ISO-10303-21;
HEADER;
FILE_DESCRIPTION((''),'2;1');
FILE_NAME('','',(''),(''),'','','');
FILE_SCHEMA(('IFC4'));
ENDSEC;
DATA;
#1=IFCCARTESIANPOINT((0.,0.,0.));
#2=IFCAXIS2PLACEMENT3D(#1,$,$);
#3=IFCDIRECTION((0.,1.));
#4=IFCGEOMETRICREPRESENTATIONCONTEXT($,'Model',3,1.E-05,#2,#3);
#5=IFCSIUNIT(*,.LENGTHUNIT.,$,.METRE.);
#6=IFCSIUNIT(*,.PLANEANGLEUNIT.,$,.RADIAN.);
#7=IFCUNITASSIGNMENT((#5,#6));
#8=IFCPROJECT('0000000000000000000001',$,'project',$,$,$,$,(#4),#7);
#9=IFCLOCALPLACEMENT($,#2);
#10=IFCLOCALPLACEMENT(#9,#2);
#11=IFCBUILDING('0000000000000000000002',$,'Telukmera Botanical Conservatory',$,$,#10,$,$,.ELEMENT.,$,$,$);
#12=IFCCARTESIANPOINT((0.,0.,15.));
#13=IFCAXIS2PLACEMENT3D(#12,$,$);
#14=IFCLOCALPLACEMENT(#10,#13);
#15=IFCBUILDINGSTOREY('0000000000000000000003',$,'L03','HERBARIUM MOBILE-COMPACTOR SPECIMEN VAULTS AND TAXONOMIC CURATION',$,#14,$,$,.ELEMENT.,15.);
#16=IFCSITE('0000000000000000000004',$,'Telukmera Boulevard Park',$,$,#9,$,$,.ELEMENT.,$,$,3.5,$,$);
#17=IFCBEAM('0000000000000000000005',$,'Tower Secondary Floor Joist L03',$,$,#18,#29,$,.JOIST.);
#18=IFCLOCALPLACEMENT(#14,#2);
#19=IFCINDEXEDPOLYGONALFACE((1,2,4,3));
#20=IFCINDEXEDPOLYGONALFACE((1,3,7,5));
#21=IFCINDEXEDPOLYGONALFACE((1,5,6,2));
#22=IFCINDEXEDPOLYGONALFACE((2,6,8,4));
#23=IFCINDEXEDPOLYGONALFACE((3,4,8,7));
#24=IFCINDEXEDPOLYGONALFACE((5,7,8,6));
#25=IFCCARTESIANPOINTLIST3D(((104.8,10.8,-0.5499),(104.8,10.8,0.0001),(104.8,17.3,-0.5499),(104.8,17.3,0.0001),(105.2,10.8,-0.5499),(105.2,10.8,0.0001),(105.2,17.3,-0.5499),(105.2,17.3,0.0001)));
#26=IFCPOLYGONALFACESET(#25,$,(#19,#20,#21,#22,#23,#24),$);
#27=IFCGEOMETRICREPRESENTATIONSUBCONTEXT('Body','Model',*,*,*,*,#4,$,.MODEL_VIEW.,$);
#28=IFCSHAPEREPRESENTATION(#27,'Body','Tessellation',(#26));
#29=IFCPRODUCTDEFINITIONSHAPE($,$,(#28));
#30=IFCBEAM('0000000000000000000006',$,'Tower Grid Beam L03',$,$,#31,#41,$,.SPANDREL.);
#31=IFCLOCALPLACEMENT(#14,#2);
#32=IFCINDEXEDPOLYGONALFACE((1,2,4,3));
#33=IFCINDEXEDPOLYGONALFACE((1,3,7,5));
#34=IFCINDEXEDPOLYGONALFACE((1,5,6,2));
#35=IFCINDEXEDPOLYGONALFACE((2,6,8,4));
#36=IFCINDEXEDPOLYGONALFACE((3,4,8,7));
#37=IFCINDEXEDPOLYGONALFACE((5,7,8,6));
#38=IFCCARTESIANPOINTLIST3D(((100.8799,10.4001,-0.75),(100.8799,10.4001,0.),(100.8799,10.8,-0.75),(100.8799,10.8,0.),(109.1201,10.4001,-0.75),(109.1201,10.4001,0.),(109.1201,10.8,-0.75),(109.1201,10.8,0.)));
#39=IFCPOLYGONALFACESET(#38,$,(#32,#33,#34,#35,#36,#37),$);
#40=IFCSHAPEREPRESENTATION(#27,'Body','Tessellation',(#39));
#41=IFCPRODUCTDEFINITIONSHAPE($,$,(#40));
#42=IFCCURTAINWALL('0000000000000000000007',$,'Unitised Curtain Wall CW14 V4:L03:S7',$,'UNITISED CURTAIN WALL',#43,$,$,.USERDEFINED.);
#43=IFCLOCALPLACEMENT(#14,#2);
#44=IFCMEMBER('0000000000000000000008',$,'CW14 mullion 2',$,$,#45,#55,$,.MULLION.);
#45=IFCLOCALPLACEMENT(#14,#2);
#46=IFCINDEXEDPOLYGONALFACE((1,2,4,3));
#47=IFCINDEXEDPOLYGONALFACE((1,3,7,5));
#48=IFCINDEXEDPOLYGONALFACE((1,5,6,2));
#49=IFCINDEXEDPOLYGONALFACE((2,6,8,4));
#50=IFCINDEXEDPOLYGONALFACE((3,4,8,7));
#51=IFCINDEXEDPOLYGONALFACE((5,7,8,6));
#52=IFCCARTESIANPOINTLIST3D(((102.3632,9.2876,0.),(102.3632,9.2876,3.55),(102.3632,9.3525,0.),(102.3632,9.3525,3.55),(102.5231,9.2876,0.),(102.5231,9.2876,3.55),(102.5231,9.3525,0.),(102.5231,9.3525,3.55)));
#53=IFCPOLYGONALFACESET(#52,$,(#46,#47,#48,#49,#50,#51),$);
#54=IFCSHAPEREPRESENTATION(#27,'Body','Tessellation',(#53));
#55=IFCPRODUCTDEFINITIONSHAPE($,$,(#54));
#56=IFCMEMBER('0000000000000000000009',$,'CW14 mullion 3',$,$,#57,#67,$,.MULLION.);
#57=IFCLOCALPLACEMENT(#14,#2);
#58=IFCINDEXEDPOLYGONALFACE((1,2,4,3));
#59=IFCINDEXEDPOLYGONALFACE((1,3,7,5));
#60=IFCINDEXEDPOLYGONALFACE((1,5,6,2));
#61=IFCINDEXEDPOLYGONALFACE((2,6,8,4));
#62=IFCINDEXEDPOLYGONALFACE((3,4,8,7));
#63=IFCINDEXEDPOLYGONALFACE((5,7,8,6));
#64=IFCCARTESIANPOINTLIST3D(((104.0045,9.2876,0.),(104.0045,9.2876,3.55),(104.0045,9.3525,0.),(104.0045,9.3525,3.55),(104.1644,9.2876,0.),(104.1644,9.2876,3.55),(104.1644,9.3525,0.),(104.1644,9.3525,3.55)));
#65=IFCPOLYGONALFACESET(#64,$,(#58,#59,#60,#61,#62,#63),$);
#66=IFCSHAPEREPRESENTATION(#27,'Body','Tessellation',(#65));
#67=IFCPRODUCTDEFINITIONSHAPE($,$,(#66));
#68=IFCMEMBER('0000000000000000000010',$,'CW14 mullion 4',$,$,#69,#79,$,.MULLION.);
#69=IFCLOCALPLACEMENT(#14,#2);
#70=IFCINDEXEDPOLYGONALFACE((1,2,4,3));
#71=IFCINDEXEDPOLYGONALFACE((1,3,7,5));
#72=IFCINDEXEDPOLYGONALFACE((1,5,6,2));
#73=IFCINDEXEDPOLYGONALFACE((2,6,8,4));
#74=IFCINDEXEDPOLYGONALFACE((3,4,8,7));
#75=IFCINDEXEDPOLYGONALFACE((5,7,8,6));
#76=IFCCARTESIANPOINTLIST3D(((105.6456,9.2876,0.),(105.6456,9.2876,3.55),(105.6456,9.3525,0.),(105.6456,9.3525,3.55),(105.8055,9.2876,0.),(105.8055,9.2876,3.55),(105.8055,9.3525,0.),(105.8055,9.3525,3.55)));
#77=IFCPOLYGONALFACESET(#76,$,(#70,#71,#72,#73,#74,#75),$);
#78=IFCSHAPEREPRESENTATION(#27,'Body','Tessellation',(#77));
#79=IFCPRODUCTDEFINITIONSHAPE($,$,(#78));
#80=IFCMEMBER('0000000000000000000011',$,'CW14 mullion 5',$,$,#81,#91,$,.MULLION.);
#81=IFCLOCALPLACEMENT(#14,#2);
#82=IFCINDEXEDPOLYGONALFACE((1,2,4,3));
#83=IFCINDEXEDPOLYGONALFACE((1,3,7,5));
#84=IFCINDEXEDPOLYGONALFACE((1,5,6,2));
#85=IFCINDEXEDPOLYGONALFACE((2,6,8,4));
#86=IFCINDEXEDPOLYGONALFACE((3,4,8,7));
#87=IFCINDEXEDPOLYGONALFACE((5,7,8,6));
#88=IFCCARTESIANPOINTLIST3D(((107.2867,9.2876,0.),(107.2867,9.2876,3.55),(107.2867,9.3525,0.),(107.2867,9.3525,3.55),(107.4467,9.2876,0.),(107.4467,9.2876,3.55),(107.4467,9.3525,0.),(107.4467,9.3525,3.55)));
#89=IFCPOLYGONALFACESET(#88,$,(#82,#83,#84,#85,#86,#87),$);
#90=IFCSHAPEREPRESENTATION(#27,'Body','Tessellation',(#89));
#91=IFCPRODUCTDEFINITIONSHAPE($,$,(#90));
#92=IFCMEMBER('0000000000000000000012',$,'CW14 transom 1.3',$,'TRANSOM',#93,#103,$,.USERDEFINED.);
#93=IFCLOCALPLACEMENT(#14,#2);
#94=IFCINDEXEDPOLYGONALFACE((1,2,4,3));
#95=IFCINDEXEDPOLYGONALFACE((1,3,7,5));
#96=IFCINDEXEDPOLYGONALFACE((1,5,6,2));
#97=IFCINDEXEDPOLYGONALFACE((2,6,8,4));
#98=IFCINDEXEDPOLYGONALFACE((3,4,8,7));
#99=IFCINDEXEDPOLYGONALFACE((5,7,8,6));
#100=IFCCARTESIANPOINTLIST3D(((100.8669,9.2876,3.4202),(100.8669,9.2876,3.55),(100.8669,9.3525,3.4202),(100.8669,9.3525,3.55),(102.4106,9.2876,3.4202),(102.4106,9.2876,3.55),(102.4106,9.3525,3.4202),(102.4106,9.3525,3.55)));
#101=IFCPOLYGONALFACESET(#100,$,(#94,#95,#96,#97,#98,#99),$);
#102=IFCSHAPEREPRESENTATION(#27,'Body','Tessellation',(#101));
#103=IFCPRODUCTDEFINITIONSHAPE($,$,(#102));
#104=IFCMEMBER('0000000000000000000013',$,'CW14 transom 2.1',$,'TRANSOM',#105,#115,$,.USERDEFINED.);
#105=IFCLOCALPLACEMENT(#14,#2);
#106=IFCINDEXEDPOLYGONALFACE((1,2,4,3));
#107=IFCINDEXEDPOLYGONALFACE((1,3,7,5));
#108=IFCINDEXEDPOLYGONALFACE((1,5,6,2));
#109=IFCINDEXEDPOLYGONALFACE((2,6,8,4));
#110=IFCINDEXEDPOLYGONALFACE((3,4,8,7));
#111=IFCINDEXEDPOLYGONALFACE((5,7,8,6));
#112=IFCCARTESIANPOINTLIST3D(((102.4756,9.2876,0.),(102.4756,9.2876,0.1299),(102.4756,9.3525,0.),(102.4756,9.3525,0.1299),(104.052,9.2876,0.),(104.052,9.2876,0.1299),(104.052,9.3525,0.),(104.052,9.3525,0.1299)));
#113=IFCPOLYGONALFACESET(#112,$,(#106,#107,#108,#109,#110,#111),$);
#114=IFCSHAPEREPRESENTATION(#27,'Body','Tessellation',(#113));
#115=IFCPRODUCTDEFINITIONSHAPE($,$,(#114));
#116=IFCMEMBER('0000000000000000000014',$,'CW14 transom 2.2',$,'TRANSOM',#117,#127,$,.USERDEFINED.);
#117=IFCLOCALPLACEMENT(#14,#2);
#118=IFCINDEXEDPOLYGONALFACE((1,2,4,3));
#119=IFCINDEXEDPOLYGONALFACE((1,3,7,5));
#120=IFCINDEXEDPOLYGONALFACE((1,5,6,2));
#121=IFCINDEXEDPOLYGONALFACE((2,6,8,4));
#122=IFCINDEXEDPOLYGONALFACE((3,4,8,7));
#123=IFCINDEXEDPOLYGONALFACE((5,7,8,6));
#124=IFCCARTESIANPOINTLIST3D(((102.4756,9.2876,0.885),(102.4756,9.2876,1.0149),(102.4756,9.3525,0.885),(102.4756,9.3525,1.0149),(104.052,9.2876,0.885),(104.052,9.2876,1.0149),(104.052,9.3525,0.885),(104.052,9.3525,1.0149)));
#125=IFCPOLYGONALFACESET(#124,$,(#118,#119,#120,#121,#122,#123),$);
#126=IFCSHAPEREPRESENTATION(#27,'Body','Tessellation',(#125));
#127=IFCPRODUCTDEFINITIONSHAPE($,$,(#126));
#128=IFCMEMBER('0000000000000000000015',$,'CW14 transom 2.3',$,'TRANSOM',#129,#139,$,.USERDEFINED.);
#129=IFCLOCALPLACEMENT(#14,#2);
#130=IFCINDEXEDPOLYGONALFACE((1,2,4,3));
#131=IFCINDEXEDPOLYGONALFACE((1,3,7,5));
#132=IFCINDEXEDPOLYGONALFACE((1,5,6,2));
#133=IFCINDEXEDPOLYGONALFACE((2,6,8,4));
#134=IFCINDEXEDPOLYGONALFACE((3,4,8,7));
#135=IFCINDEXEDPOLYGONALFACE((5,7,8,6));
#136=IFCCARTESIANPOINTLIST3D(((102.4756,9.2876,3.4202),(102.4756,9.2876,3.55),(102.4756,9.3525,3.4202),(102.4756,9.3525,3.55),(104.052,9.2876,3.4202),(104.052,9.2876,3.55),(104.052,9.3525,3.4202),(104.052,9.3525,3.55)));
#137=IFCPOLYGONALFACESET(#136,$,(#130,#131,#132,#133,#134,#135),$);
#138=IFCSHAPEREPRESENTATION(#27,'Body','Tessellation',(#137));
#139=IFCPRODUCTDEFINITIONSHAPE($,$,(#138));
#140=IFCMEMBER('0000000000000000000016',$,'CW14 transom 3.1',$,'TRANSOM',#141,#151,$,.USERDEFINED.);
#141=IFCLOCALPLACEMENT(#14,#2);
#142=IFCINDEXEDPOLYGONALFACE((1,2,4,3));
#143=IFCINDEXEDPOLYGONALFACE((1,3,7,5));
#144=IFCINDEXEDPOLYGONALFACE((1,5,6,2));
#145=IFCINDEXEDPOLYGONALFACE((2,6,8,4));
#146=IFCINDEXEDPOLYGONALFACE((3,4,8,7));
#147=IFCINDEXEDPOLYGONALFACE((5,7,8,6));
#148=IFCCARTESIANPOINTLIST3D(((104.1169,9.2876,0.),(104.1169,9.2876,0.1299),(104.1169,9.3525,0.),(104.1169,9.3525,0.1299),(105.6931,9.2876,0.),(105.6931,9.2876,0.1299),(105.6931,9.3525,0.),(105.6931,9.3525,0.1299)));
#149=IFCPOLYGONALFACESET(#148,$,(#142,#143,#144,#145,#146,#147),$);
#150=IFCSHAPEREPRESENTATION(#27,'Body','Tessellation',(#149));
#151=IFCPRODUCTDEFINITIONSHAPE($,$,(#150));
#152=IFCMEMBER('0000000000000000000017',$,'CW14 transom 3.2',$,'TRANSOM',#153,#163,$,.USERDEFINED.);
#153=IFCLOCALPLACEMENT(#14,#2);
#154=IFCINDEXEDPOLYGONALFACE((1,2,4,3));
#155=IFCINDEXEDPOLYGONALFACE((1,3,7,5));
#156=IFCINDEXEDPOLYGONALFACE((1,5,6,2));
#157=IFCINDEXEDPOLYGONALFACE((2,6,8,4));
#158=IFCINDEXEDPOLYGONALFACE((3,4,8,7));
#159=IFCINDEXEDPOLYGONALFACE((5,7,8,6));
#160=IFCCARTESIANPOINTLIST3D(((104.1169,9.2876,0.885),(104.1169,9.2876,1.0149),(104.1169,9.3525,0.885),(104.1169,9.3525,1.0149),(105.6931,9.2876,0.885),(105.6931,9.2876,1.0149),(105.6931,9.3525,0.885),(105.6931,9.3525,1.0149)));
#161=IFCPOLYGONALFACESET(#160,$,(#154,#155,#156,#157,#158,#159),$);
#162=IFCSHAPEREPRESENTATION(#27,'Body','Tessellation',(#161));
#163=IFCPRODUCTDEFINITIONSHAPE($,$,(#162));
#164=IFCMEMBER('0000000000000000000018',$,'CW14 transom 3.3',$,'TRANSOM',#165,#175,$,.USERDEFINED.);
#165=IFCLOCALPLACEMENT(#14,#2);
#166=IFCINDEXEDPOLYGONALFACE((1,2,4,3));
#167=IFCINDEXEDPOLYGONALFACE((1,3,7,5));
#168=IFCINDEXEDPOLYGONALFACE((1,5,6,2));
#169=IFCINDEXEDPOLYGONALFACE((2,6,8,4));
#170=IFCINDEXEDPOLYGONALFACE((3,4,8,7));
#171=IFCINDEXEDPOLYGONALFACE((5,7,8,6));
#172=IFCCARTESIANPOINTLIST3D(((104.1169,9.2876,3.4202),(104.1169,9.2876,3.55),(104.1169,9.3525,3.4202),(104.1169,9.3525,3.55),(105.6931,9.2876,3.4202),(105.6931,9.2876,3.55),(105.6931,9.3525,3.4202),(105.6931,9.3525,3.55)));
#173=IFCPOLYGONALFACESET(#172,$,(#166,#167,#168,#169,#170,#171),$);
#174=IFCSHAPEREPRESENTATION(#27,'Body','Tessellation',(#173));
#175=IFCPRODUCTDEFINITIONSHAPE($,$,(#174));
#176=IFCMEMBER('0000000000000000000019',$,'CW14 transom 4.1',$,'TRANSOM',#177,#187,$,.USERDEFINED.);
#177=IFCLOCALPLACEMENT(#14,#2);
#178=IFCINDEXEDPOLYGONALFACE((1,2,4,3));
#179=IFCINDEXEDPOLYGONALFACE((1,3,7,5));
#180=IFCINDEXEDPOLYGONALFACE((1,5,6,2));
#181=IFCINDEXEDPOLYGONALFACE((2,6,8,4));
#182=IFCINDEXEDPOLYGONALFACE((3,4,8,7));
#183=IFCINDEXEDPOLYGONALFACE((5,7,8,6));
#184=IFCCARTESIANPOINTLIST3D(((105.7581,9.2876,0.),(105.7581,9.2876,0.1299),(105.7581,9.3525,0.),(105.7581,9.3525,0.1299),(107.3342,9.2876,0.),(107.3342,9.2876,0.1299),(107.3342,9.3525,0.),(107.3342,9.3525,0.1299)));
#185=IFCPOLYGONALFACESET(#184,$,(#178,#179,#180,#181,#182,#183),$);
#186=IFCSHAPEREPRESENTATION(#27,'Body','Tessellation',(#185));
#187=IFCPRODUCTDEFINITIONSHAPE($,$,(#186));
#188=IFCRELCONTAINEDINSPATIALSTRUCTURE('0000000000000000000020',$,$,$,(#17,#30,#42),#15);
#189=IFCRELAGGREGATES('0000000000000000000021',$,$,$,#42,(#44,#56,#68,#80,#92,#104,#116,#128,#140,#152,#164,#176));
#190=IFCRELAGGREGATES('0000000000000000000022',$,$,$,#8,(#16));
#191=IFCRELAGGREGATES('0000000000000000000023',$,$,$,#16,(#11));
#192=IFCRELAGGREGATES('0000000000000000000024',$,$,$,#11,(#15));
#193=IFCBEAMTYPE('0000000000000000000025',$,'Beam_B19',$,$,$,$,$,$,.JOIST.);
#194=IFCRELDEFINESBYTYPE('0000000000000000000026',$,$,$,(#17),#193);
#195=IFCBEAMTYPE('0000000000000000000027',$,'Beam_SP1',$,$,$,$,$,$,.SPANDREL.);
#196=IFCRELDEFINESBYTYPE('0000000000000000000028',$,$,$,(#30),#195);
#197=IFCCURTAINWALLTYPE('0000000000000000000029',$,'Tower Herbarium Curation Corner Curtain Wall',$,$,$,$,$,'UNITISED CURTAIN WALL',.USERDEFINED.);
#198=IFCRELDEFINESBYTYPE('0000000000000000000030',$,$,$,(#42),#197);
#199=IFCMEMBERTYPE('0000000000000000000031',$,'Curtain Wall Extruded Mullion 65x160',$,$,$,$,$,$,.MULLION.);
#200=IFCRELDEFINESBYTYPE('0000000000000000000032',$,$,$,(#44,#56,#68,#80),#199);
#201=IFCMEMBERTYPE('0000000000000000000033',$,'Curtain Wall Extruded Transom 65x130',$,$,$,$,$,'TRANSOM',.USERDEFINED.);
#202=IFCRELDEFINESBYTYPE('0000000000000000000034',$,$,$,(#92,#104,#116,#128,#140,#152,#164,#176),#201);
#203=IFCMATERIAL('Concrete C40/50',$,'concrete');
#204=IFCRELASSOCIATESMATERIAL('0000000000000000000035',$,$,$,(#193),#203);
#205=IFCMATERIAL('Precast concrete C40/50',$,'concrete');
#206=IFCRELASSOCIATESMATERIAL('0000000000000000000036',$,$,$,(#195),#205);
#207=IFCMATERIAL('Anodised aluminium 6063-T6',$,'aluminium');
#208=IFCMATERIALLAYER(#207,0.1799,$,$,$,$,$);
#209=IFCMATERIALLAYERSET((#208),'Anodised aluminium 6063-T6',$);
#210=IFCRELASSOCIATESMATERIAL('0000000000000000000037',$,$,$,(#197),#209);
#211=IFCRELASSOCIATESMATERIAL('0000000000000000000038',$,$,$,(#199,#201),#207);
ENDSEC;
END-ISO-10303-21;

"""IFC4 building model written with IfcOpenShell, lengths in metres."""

from ifc_helpers import new_model, si_unit, direction, frame, origin, origin_2d, place, context, subcontext, project, spatial, rectangle, extrude, material, layer, layer_set, material_profile, profile_set, type_object, element, aggregate, save


model = new_model("IFC4")

# Units and contexts
model_context = context("Model", 3, precision=1e-05, world=origin(), true_north=direction((0.0, 1.0)))
body_context = subcontext(model_context, "Body", "Model", "MODEL_VIEW")
ifc_project = project(units=[si_unit("LENGTHUNIT", "METRE"), si_unit("PLANEANGLEUNIT", "RADIAN")], contexts=[model_context])

# Site, building, storey
site_placement = place(None, origin())
site = spatial("IfcSite", under=ifc_project, at=site_placement, Name="Telukmera Boulevard Park", CompositionType="ELEMENT", RefElevation=3.5)
building_placement = place(site_placement, origin())
building = spatial("IfcBuilding", under=site, at=building_placement, Name="Telukmera Botanical Conservatory", CompositionType="ELEMENT")
storey_placement = place(building_placement, frame((0.0, 0.0, 15.0)))
storey = spatial("IfcBuildingStorey", under=building, at=storey_placement, Name="L03", Description="HERBARIUM MOBILE-COMPACTOR SPECIMEN VAULTS AND TAXONOMIC CURATION", CompositionType="ELEMENT", Elevation=15.0)

# Beams
ifc_material_1 = material(Name="Concrete C40/50", Category="concrete")
ifc_material_profile_1 = material_profile(ifc_material_1, rectangle(XDim=0.3999, YDim=0.55, at=origin_2d()), Name="RC 400x550")
ifc_profile_set_1 = profile_set([ifc_material_profile_1], Name="Concrete C40/50")
beam_type_1 = type_object("IfcBeamType", Name="Beam_B19", PredefinedType="JOIST", material=ifc_profile_set_1)
beam_1_placement = place(storey_placement, frame((105.0, 10.8, -0.2749), z_axis=(0.0, 1.0, 0.0), x_axis=(-1.0, 0.0, 0.0)))
element("IfcBeam", 1, at=beam_1_placement, inside=storey, type_object=beam_type_1, Name="Tower Secondary Floor Joist L03", PredefinedType="JOIST", context=body_context, shape_type="SweptSolid", body=[
    extrude(rectangle(XDim=0.3999, YDim=0.55, at=origin_2d()), origin(), (0.0, 0.0, 1.0), 6.5),
])
ifc_material_2 = material(Name="Precast concrete C40/50", Category="concrete")
ifc_material_profile_2 = material_profile(ifc_material_2, rectangle(XDim=0.3999, YDim=0.75, at=origin_2d()), Name="PC 400x750")
ifc_profile_set_2 = profile_set([ifc_material_profile_2], Name="Precast concrete C40/50")
beam_type_2 = type_object("IfcBeamType", Name="Beam_SP1", PredefinedType="SPANDREL", material=ifc_profile_set_2)
beam_2_placement = place(storey_placement, frame((100.8799, 10.6001, -0.375), z_axis=(1.0, 0.0, 0.0), x_axis=(0.0, 1.0, 0.0)))
element("IfcBeam", 2, at=beam_2_placement, inside=storey, type_object=beam_type_2, Name="Tower Grid Beam L03", PredefinedType="SPANDREL", context=body_context, shape_type="SweptSolid", body=[
    extrude(rectangle(XDim=0.3999, YDim=0.75, at=origin_2d()), origin(), (0.0, 0.0, 1.0), 8.2402),
])

# Curtain wall, members
ifc_material_3 = material(Name="Anodised aluminium 6063-T6", Category="aluminium")
ifc_layer_1 = layer(ifc_material_3, 0.1799)
ifc_layer_set_1 = layer_set([ifc_layer_1], Name="Anodised aluminium 6063-T6")
curtain_wall_type = type_object("IfcCurtainWallType", Name="Tower Herbarium Curation Corner Curtain Wall", ElementType="UNITISED CURTAIN WALL", PredefinedType="USERDEFINED", material=ifc_layer_set_1)
curtain_wall_placement = place(storey_placement, origin())
curtain_wall = element("IfcCurtainWall", 3, at=curtain_wall_placement, inside=storey, type_object=curtain_wall_type, Name="Unitised Curtain Wall CW14 V4:L03:S7", ObjectType="UNITISED CURTAIN WALL", PredefinedType="USERDEFINED")
ifc_material_profile_3 = material_profile(ifc_material_3, rectangle(XDim=0.0649, YDim=0.1599, at=origin_2d()), Name="ALU MULL 65x160")
ifc_profile_set_3 = profile_set([ifc_material_profile_3], Name="Anodised aluminium 6063-T6")
member_type_1 = type_object("IfcMemberType", Name="Curtain Wall Extruded Mullion 65x160", PredefinedType="MULLION", material=ifc_profile_set_3)
member_1_placement = place(storey_placement, frame((102.4431, 9.3201, 0.0), z_axis=(0.0, 0.0, 1.0), x_axis=(0.0, 1.0, 0.0)))
member_1 = element("IfcMember", 4, at=member_1_placement, type_object=member_type_1, Name="CW14 mullion 2", PredefinedType="MULLION", context=body_context, shape_type="SweptSolid", body=[
    extrude(rectangle(XDim=0.0649, YDim=0.1599, at=origin_2d()), origin(), (0.0, 0.0, 1.0), 3.55),
])
member_2_placement = place(storey_placement, frame((104.0845, 9.3201, 0.0), z_axis=(0.0, 0.0, 1.0), x_axis=(0.0, 1.0, 0.0)))
member_2 = element("IfcMember", 5, at=member_2_placement, type_object=member_type_1, Name="CW14 mullion 3", PredefinedType="MULLION", context=body_context, shape_type="SweptSolid", body=[
    extrude(rectangle(XDim=0.0649, YDim=0.1599, at=origin_2d()), origin(), (0.0, 0.0, 1.0), 3.55),
])
member_3_placement = place(storey_placement, frame((105.7256, 9.3201, 0.0), z_axis=(0.0, 0.0, 1.0), x_axis=(0.0, 1.0, 0.0)))
member_3 = element("IfcMember", 6, at=member_3_placement, type_object=member_type_1, Name="CW14 mullion 4", PredefinedType="MULLION", context=body_context, shape_type="SweptSolid", body=[
    extrude(rectangle(XDim=0.0649, YDim=0.1599, at=origin_2d()), origin(), (0.0, 0.0, 1.0), 3.55),
])
member_4_placement = place(storey_placement, frame((107.3667, 9.3201, 0.0), z_axis=(0.0, 0.0, 1.0), x_axis=(0.0, 1.0, 0.0)))
member_4 = element("IfcMember", 7, at=member_4_placement, type_object=member_type_1, Name="CW14 mullion 5", PredefinedType="MULLION", context=body_context, shape_type="SweptSolid", body=[
    extrude(rectangle(XDim=0.0649, YDim=0.1599, at=origin_2d()), origin(), (0.0, 0.0, 1.0), 3.55),
])
ifc_material_profile_4 = material_profile(ifc_material_3, rectangle(XDim=0.0649, YDim=0.1299, at=origin_2d()), Name="ALU TRAN 65x130")
ifc_profile_set_4 = profile_set([ifc_material_profile_4], Name="Anodised aluminium 6063-T6")
member_type_2 = type_object("IfcMemberType", Name="Curtain Wall Extruded Transom 65x130", ElementType="TRANSOM", PredefinedType="USERDEFINED", material=ifc_profile_set_4)
member_5_placement = place(storey_placement, frame((100.8669, 9.3201, 3.4851), z_axis=(1.0, 0.0, 0.0), x_axis=(0.0, 1.0, 0.0)))
member_5 = element("IfcMember", 8, at=member_5_placement, type_object=member_type_2, Name="CW14 transom 1.3", ObjectType="TRANSOM", PredefinedType="USERDEFINED", context=body_context, shape_type="SweptSolid", body=[
    extrude(rectangle(XDim=0.0649, YDim=0.1299, at=origin_2d()), origin(), (0.0, 0.0, 1.0), 1.5437),
])
member_6_placement = place(storey_placement, frame((102.4756, 9.3201, 0.0649), z_axis=(1.0, 0.0, 0.0), x_axis=(0.0, 1.0, 0.0)))
member_6 = element("IfcMember", 9, at=member_6_placement, type_object=member_type_2, Name="CW14 transom 2.1", ObjectType="TRANSOM", PredefinedType="USERDEFINED", context=body_context, shape_type="SweptSolid", body=[
    extrude(rectangle(XDim=0.0649, YDim=0.1299, at=origin_2d()), origin(), (0.0, 0.0, 1.0), 1.5764),
])
member_7_placement = place(storey_placement, frame((102.4756, 9.3201, 0.95), z_axis=(1.0, 0.0, 0.0), x_axis=(0.0, 1.0, 0.0)))
member_7 = element("IfcMember", 10, at=member_7_placement, type_object=member_type_2, Name="CW14 transom 2.2", ObjectType="TRANSOM", PredefinedType="USERDEFINED", context=body_context, shape_type="SweptSolid", body=[
    extrude(rectangle(XDim=0.0649, YDim=0.1299, at=origin_2d()), origin(), (0.0, 0.0, 1.0), 1.5764),
])
member_8_placement = place(storey_placement, frame((102.4756, 9.3201, 3.4851), z_axis=(1.0, 0.0, 0.0), x_axis=(0.0, 1.0, 0.0)))
member_8 = element("IfcMember", 11, at=member_8_placement, type_object=member_type_2, Name="CW14 transom 2.3", ObjectType="TRANSOM", PredefinedType="USERDEFINED", context=body_context, shape_type="SweptSolid", body=[
    extrude(rectangle(XDim=0.0649, YDim=0.1299, at=origin_2d()), origin(), (0.0, 0.0, 1.0), 1.5764),
])
member_9_placement = place(storey_placement, frame((104.1169, 9.3201, 0.0649), z_axis=(1.0, 0.0, 0.0), x_axis=(0.0, 1.0, 0.0)))
member_9 = element("IfcMember", 12, at=member_9_placement, type_object=member_type_2, Name="CW14 transom 3.1", ObjectType="TRANSOM", PredefinedType="USERDEFINED", context=body_context, shape_type="SweptSolid", body=[
    extrude(rectangle(XDim=0.0649, YDim=0.1299, at=origin_2d()), origin(), (0.0, 0.0, 1.0), 1.5762),
])
member_10_placement = place(storey_placement, frame((104.1169, 9.3201, 0.95), z_axis=(1.0, 0.0, 0.0), x_axis=(0.0, 1.0, 0.0)))
member_10 = element("IfcMember", 13, at=member_10_placement, type_object=member_type_2, Name="CW14 transom 3.2", ObjectType="TRANSOM", PredefinedType="USERDEFINED", context=body_context, shape_type="SweptSolid", body=[
    extrude(rectangle(XDim=0.0649, YDim=0.1299, at=origin_2d()), origin(), (0.0, 0.0, 1.0), 1.5762),
])
member_11_placement = place(storey_placement, frame((104.1169, 9.3201, 3.4851), z_axis=(1.0, 0.0, 0.0), x_axis=(0.0, 1.0, 0.0)))
member_11 = element("IfcMember", 14, at=member_11_placement, type_object=member_type_2, Name="CW14 transom 3.3", ObjectType="TRANSOM", PredefinedType="USERDEFINED", context=body_context, shape_type="SweptSolid", body=[
    extrude(rectangle(XDim=0.0649, YDim=0.1299, at=origin_2d()), origin(), (0.0, 0.0, 1.0), 1.5762),
])
member_12_placement = place(storey_placement, frame((105.7581, 9.3201, 0.0649), z_axis=(1.0, 0.0, 0.0), x_axis=(0.0, 1.0, 0.0)))
member_12 = element("IfcMember", 15, at=member_12_placement, type_object=member_type_2, Name="CW14 transom 4.1", ObjectType="TRANSOM", PredefinedType="USERDEFINED", context=body_context, shape_type="SweptSolid", body=[
    extrude(rectangle(XDim=0.0649, YDim=0.1299, at=origin_2d()), origin(), (0.0, 0.0, 1.0), 1.5762),
])
aggregate(curtain_wall, [member_1, member_2, member_3, member_4, member_5, member_6, member_7, member_8, member_9, member_10, member_11, member_12])

save(model, "model.ifc")
